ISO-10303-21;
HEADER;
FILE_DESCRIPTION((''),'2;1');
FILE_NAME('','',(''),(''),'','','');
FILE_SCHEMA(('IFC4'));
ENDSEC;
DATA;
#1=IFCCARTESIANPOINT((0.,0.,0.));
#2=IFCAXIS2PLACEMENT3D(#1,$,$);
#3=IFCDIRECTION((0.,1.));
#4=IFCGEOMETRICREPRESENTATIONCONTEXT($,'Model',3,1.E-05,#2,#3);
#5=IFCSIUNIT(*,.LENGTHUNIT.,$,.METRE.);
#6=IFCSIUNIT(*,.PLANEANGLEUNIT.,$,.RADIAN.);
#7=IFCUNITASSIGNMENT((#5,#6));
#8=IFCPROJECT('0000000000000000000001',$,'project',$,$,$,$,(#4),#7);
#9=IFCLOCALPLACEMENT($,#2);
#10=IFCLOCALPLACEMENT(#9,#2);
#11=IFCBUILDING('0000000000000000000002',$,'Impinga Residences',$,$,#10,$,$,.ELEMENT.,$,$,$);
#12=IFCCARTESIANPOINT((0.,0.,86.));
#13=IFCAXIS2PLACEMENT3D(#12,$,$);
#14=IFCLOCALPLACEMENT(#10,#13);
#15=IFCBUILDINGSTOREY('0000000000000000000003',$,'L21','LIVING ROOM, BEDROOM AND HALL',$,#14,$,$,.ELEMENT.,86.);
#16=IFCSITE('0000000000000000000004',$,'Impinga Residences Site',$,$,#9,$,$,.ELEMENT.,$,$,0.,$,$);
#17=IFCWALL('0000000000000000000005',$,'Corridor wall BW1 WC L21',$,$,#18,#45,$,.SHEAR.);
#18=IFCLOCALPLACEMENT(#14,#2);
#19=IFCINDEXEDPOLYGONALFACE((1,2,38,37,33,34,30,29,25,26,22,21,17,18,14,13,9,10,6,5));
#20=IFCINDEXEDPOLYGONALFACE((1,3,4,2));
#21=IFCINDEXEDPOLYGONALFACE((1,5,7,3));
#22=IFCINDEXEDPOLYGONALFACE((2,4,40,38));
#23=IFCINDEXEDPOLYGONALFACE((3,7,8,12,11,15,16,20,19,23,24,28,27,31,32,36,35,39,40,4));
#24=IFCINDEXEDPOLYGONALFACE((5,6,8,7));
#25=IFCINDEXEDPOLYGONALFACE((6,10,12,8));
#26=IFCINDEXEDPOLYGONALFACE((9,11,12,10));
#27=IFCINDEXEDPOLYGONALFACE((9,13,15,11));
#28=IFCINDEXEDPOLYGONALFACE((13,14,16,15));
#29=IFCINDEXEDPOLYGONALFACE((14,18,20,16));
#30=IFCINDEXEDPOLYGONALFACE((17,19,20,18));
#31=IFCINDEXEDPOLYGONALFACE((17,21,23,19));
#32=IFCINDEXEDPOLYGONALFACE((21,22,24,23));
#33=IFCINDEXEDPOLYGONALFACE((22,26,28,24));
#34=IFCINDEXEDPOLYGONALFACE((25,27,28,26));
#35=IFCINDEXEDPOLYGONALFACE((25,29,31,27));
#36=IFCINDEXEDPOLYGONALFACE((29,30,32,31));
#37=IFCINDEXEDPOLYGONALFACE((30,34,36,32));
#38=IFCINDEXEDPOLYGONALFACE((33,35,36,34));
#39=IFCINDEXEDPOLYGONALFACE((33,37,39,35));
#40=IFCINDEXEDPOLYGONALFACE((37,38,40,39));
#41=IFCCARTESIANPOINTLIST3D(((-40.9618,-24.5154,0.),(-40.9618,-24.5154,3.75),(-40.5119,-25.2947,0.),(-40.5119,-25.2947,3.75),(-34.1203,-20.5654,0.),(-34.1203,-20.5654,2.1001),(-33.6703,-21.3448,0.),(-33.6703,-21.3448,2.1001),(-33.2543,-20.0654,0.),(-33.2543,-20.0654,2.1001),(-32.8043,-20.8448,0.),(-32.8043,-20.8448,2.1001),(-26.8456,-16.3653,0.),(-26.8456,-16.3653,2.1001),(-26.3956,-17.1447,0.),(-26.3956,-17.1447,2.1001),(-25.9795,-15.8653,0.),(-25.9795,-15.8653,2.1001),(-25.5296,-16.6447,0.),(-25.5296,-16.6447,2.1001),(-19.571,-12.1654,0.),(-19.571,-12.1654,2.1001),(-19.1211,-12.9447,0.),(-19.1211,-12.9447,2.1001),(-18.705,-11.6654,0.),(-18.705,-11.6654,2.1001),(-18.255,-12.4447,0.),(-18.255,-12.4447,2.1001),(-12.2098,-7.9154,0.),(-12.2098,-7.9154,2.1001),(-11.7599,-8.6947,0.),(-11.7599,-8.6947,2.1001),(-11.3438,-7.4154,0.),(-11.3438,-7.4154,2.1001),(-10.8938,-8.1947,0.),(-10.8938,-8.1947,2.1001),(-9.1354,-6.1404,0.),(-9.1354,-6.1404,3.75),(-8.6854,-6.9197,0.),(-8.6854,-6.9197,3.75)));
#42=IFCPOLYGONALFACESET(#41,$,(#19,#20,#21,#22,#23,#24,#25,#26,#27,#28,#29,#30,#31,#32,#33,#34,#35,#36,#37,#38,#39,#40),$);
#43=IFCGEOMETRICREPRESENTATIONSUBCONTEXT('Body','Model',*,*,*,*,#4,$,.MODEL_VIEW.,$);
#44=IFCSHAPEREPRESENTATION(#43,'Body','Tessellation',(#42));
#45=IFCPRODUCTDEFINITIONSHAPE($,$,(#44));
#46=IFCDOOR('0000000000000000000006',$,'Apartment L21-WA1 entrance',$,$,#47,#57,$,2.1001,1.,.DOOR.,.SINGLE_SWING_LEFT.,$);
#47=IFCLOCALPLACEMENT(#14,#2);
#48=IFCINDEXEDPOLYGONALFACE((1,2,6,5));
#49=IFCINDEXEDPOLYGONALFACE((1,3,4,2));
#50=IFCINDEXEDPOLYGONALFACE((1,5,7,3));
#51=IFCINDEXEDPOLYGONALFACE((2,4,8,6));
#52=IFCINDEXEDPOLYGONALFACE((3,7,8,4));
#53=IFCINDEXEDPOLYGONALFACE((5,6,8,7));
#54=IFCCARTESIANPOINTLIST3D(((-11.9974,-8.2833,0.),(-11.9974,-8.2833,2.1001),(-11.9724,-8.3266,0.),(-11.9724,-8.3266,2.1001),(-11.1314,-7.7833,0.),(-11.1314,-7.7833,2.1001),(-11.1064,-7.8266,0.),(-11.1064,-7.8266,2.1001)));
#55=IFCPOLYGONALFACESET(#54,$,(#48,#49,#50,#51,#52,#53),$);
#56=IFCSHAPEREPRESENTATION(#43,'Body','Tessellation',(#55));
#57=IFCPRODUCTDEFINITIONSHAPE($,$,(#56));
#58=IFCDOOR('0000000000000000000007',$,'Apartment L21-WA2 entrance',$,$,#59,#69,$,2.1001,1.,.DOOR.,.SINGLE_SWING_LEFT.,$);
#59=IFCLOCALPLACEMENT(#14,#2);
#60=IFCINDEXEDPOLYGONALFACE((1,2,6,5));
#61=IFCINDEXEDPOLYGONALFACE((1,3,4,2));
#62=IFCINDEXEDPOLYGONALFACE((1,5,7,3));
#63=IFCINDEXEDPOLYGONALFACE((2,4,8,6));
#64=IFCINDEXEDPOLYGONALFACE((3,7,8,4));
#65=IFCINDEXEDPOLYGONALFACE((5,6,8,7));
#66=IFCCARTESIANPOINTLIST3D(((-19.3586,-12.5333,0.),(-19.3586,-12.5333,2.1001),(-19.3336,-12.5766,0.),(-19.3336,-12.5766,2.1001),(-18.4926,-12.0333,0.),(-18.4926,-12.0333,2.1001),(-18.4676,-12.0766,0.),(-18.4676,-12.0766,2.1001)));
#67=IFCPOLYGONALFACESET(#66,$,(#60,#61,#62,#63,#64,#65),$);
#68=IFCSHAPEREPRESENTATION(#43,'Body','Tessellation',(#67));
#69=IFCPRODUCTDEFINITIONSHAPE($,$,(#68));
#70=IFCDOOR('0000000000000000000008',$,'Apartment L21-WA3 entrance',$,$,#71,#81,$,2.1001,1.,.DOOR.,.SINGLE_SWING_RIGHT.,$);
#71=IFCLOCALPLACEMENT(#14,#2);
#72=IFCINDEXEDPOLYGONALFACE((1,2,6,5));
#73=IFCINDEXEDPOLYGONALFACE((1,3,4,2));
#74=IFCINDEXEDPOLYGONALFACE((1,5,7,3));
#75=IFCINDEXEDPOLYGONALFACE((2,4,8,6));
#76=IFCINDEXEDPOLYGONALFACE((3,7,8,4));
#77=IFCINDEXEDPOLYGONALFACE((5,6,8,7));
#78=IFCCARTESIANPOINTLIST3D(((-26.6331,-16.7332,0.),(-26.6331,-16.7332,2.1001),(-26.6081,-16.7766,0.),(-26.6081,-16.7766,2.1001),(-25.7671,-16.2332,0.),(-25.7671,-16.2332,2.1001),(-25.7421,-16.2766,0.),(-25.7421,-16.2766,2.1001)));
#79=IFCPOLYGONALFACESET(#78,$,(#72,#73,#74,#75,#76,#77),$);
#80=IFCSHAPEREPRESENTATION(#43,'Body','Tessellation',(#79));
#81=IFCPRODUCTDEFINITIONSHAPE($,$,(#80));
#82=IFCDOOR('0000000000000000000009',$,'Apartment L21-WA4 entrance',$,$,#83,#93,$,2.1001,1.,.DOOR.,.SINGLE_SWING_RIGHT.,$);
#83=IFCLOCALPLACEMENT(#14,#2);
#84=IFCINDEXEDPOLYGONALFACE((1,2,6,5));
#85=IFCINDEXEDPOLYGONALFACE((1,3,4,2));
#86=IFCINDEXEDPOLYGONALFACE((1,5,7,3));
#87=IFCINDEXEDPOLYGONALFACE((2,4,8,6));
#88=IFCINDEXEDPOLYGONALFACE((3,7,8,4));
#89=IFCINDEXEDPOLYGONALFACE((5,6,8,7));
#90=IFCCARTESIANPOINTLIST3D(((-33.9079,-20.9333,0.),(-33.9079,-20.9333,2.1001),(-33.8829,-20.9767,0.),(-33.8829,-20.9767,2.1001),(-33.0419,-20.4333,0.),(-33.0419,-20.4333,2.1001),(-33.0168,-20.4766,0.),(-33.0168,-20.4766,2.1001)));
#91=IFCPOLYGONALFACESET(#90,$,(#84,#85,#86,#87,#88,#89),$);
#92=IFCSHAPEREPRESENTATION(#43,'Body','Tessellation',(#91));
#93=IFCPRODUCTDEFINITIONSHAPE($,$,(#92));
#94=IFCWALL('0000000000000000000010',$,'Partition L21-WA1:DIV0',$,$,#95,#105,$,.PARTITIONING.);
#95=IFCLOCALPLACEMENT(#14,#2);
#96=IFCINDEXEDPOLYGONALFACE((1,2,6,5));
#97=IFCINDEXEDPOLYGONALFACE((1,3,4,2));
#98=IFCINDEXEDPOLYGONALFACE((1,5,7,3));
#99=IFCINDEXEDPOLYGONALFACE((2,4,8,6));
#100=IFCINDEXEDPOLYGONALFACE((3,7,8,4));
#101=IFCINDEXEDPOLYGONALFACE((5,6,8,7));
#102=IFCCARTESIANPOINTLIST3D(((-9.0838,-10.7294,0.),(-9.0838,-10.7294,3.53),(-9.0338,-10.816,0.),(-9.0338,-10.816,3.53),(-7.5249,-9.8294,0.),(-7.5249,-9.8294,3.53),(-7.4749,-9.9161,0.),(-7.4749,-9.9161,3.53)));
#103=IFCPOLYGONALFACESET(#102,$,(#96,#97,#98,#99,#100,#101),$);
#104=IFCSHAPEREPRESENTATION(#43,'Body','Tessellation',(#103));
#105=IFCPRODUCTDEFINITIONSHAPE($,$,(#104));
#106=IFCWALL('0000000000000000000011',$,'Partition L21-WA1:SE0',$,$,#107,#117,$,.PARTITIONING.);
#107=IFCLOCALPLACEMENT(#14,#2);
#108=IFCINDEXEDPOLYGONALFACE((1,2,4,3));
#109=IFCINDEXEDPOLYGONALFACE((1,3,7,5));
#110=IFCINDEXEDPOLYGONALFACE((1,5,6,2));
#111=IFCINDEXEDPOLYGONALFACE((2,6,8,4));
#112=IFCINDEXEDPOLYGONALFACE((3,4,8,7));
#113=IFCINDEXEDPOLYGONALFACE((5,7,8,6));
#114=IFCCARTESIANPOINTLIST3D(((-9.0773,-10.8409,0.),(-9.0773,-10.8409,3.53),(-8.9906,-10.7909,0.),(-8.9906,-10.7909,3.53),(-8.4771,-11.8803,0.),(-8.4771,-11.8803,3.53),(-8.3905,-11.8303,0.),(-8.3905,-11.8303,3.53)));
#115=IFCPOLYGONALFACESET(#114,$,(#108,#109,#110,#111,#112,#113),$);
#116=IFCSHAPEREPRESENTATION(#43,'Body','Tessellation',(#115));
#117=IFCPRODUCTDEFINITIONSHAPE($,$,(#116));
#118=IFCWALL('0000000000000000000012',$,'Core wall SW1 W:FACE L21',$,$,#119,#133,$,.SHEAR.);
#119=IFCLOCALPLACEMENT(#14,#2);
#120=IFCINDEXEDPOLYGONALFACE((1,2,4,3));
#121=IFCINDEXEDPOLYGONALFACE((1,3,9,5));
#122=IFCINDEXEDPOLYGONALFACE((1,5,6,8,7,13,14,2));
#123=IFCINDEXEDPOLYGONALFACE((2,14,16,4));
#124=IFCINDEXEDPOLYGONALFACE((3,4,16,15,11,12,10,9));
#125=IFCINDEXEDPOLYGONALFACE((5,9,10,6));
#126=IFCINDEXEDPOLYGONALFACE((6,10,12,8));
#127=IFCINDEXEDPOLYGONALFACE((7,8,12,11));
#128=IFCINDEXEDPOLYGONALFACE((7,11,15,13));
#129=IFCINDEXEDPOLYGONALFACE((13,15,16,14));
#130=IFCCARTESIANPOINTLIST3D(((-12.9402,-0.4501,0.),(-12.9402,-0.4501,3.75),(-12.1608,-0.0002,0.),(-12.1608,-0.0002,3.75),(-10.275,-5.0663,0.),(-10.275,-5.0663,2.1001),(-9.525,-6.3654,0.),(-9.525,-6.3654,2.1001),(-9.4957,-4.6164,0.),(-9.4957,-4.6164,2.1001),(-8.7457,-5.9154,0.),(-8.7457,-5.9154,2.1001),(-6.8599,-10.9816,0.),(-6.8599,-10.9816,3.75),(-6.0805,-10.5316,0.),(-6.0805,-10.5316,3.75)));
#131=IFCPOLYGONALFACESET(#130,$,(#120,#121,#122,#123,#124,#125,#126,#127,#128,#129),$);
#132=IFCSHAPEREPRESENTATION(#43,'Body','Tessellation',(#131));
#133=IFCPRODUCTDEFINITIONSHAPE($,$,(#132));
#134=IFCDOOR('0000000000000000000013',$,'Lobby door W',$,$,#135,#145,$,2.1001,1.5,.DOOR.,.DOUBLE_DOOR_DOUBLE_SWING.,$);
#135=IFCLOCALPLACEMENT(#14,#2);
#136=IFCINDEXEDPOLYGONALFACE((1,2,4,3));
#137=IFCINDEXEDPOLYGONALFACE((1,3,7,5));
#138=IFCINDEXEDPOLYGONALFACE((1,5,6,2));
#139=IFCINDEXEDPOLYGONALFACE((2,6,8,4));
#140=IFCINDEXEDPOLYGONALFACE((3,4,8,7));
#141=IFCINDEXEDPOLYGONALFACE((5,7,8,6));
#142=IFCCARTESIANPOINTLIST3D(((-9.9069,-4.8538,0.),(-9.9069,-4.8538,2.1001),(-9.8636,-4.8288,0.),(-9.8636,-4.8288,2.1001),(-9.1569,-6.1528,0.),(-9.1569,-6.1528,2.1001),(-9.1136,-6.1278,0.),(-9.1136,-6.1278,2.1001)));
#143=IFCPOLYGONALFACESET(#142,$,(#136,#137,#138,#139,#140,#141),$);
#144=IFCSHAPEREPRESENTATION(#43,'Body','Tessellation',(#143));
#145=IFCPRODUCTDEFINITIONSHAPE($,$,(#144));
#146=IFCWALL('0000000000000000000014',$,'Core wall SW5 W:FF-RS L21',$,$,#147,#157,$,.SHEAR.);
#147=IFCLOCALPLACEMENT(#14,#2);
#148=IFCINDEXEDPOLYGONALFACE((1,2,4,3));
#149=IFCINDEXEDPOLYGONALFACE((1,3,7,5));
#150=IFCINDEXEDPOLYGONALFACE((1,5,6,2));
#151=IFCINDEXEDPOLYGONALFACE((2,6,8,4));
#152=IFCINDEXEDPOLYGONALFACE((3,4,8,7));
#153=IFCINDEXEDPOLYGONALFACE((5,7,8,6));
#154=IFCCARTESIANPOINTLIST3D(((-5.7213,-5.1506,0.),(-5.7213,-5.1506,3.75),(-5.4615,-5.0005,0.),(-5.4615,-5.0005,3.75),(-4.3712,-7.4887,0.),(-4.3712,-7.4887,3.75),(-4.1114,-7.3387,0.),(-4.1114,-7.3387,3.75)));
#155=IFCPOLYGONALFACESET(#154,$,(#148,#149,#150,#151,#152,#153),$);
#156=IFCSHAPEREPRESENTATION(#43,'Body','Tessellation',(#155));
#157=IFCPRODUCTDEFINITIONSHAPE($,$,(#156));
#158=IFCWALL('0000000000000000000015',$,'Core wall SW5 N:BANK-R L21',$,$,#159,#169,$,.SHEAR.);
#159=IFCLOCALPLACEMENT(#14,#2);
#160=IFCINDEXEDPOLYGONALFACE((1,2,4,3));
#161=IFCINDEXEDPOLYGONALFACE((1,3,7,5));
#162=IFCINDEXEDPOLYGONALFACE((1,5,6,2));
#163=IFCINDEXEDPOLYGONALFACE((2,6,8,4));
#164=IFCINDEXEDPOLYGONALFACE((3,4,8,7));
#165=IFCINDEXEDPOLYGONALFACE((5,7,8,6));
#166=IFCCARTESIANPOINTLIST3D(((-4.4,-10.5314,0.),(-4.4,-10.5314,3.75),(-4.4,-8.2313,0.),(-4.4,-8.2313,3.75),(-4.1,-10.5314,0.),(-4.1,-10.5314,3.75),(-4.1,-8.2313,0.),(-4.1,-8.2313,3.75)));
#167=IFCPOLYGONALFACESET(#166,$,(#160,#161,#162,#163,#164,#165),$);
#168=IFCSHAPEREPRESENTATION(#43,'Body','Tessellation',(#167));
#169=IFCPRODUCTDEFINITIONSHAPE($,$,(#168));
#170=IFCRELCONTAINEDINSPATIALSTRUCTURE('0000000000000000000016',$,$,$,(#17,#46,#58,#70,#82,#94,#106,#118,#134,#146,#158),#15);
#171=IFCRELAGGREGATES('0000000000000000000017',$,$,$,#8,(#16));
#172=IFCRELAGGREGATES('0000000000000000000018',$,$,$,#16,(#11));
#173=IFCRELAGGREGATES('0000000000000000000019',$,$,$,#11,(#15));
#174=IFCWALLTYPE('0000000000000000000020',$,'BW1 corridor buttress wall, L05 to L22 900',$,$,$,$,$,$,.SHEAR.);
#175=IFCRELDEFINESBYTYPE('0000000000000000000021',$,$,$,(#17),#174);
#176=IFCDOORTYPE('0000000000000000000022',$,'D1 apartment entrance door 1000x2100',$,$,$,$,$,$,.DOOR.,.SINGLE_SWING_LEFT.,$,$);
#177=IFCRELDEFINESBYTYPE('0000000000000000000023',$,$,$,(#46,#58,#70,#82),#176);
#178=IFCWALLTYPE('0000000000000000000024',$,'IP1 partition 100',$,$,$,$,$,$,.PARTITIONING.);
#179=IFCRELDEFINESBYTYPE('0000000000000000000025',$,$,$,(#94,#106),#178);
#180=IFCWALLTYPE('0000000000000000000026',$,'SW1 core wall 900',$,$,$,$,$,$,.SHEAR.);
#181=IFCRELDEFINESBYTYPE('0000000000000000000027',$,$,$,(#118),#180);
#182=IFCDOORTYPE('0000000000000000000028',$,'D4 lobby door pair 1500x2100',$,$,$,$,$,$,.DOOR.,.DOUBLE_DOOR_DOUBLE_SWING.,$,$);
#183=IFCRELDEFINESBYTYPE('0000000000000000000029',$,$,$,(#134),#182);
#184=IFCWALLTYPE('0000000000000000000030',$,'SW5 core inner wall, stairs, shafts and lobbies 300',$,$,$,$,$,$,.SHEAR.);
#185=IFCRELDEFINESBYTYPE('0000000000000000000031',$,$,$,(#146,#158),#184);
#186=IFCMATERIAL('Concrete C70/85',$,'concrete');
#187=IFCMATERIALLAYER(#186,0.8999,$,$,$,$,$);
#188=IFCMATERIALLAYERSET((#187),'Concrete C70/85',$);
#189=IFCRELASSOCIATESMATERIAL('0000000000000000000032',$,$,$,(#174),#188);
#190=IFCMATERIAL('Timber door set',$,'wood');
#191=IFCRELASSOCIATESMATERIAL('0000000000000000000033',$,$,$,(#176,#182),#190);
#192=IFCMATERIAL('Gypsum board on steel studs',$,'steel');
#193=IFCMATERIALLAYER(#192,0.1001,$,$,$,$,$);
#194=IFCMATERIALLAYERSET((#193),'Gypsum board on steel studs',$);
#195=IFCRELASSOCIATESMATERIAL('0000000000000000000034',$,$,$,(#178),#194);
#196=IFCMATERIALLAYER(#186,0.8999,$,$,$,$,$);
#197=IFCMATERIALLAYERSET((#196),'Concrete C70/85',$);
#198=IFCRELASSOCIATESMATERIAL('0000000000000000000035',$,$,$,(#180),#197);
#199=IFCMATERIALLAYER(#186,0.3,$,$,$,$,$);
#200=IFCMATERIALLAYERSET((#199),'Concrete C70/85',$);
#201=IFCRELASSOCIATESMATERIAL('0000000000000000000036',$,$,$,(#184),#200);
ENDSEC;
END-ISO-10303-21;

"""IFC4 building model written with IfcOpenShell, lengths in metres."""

from ifc_helpers import new_model, si_unit, direction, frame, frame_2d, origin, place, context, subcontext, project, spatial, rectangle, extrude, material, layer, layer_set, type_object, element, fill, save


model = new_model("IFC4")

# Units and contexts
model_context = context("Model", 3, precision=1e-05, world=origin(), true_north=direction((0.0, 1.0)))
body_context = subcontext(model_context, "Body", "Model", "MODEL_VIEW")
ifc_project = project(units=[si_unit("LENGTHUNIT", "METRE"), si_unit("PLANEANGLEUNIT", "RADIAN")], contexts=[model_context])

# Site, building, storey
site_placement = place(None, origin())
site = spatial("IfcSite", under=ifc_project, at=site_placement, Name="Impinga Residences Site", CompositionType="ELEMENT", RefElevation=0.0)
building_placement = place(site_placement, origin())
building = spatial("IfcBuilding", under=site, at=building_placement, Name="Impinga Residences", CompositionType="ELEMENT")
storey_placement = place(building_placement, frame((0.0, 0.0, 86.0)))
storey = spatial("IfcBuildingStorey", under=building, at=storey_placement, Name="L21", Description="LIVING ROOM, BEDROOM AND HALL", CompositionType="ELEMENT", Elevation=86.0)

# Wall, openings, doors
ifc_material_1 = material(Name="Concrete C70/85", Category="concrete")
ifc_layer_1 = layer(ifc_material_1, 0.8999)
ifc_layer_set_1 = layer_set([ifc_layer_1], Name="Concrete C70/85")
wall_type_1 = type_object("IfcWallType", Name="BW1 corridor buttress wall, L05 to L22 900", PredefinedType="SHEAR", material=ifc_layer_set_1)
wall_1_placement = place(storey_placement, frame((-8.9104, -6.53, 0.0), z_axis=(0.0, 0.0, 1.0), x_axis=(-0.866025, -0.5, 0.0)))
wall_1 = element("IfcWall", 1, at=wall_1_placement, inside=storey, type_object=wall_type_1, Name="Corridor wall BW1 WC L21", PredefinedType="SHEAR", context=body_context, shape_type="SweptSolid", body=[
    extrude(rectangle(XDim=36.75, YDim=0.8999, at=frame_2d((18.375, 0.0))), origin(), (0.0, 0.0, 1.0), 3.75),
])
opening_1_placement = place(wall_1_placement, frame((2.55, 0.0, 0.0)))
opening_1 = element("IfcOpeningElement", 2, at=opening_1_placement, cuts=wall_1, PredefinedType="OPENING", context=body_context, shape_type="SweptSolid", body=[
    extrude(rectangle(XDim=1.0, YDim=2.1001, at=frame_2d((0.5, 1.05))), frame((0.0, 0.46, 0.0), z_axis=(0.0, -1.0, 0.0), x_axis=(1.0, 0.0, 0.0)), (0.0, 0.0, 1.0), 0.9199),
])
opening_2_placement = place(wall_1_placement, frame((11.05, 0.0, 0.0)))
opening_2 = element("IfcOpeningElement", 3, at=opening_2_placement, cuts=wall_1, PredefinedType="OPENING", context=body_context, shape_type="SweptSolid", body=[
    extrude(rectangle(XDim=1.0, YDim=2.1001, at=frame_2d((0.5, 1.05))), frame((0.0, 0.46, 0.0), z_axis=(0.0, -1.0, 0.0), x_axis=(1.0, 0.0, 0.0)), (0.0, 0.0, 1.0), 0.9199),
])
opening_3_placement = place(wall_1_placement, frame((19.45, 0.0, 0.0)))
opening_3 = element("IfcOpeningElement", 4, at=opening_3_placement, cuts=wall_1, PredefinedType="OPENING", context=body_context, shape_type="SweptSolid", body=[
    extrude(rectangle(XDim=1.0, YDim=2.1001, at=frame_2d((0.5, 1.05))), frame((0.0, 0.46, 0.0), z_axis=(0.0, -1.0, 0.0), x_axis=(1.0, 0.0, 0.0)), (0.0, 0.0, 1.0), 0.9199),
])
opening_4_placement = place(wall_1_placement, frame((27.8501, 0.0, 0.0)))
opening_4 = element("IfcOpeningElement", 5, at=opening_4_placement, cuts=wall_1, PredefinedType="OPENING", context=body_context, shape_type="SweptSolid", body=[
    extrude(rectangle(XDim=1.0, YDim=2.1001, at=frame_2d((0.5, 1.05))), frame((0.0, 0.46, 0.0), z_axis=(0.0, -1.0, 0.0), x_axis=(1.0, 0.0, 0.0)), (0.0, 0.0, 1.0), 0.9199),
])
ifc_material_2 = material(Name="Timber door set", Category="wood")
door_type_1 = type_object("IfcDoorType", Name="D1 apartment entrance door 1000x2100", OperationType="SINGLE_SWING_LEFT", PredefinedType="DOOR", material=ifc_material_2)
door_1_placement = place(opening_1_placement, origin())
door_1 = element("IfcDoor", 6, at=door_1_placement, inside=storey, type_object=door_type_1, Name="Apartment L21-WA1 entrance", OperationType="SINGLE_SWING_LEFT", OverallHeight=2.1001, OverallWidth=1.0, PredefinedType="DOOR", context=body_context, shape_type="SweptSolid", body=[
    extrude(rectangle(XDim=1.0, YDim=2.1001, at=frame_2d((0.5, 1.05))), frame((0.0, 0.0249, 0.0), z_axis=(0.0, -1.0, 0.0), x_axis=(1.0, 0.0, 0.0)), (0.0, 0.0, 1.0), 0.05),
])
fill(opening_1, door_1)
door_2_placement = place(opening_2_placement, origin())
door_2 = element("IfcDoor", 7, at=door_2_placement, inside=storey, type_object=door_type_1, Name="Apartment L21-WA2 entrance", OperationType="SINGLE_SWING_LEFT", OverallHeight=2.1001, OverallWidth=1.0, PredefinedType="DOOR", context=body_context, shape_type="SweptSolid", body=[
    extrude(rectangle(XDim=1.0, YDim=2.1001, at=frame_2d((0.5, 1.05))), frame((0.0, 0.0249, 0.0), z_axis=(0.0, -1.0, 0.0), x_axis=(1.0, 0.0, 0.0)), (0.0, 0.0, 1.0), 0.05),
])
fill(opening_2, door_2)
door_3_placement = place(opening_3_placement, origin())
door_3 = element("IfcDoor", 8, at=door_3_placement, inside=storey, type_object=door_type_1, Name="Apartment L21-WA3 entrance", OperationType="SINGLE_SWING_RIGHT", OverallHeight=2.1001, OverallWidth=1.0, PredefinedType="DOOR", context=body_context, shape_type="SweptSolid", body=[
    extrude(rectangle(XDim=1.0, YDim=2.1001, at=frame_2d((0.5, 1.05))), frame((0.0, 0.0249, 0.0), z_axis=(0.0, -1.0, 0.0), x_axis=(1.0, 0.0, 0.0)), (0.0, 0.0, 1.0), 0.05),
])
fill(opening_3, door_3)
door_4_placement = place(opening_4_placement, origin())
door_4 = element("IfcDoor", 9, at=door_4_placement, inside=storey, type_object=door_type_1, Name="Apartment L21-WA4 entrance", OperationType="SINGLE_SWING_RIGHT", OverallHeight=2.1001, OverallWidth=1.0, PredefinedType="DOOR", context=body_context, shape_type="SweptSolid", body=[
    extrude(rectangle(XDim=1.0, YDim=2.1001, at=frame_2d((0.5, 1.05))), frame((0.0, 0.0249, 0.0), z_axis=(0.0, -1.0, 0.0), x_axis=(1.0, 0.0, 0.0)), (0.0, 0.0, 1.0), 0.05),
])
fill(opening_4, door_4)

# Walls
ifc_material_3 = material(Name="Gypsum board on steel studs", Category="steel")
ifc_layer_2 = layer(ifc_material_3, 0.1001)
ifc_layer_set_2 = layer_set([ifc_layer_2], Name="Gypsum board on steel studs")
wall_type_2 = type_object("IfcWallType", Name="IP1 partition 100", PredefinedType="PARTITIONING", material=ifc_layer_set_2)
wall_2_placement = place(storey_placement, frame((-7.5, -9.8728, 0.0), z_axis=(0.0, 0.0, 1.0), x_axis=(-0.866048, -0.499961, 0.0)))
element("IfcWall", 10, at=wall_2_placement, inside=storey, type_object=wall_type_2, Name="Partition L21-WA1:DIV0", PredefinedType="PARTITIONING", context=body_context, shape_type="SweptSolid", body=[
    extrude(rectangle(XDim=1.8, YDim=0.1001, at=frame_2d((0.8999, 0.0))), origin(), (0.0, 0.0, 1.0), 3.53),
])
wall_3_placement = place(storey_placement, frame((-9.0339, -10.8159, 0.0), z_axis=(0.0, 0.0, 1.0), x_axis=(0.500034, -0.866006, 0.0)))
element("IfcWall", 11, at=wall_3_placement, inside=storey, type_object=wall_type_2, Name="Partition L21-WA1:SE0", PredefinedType="PARTITIONING", context=body_context, shape_type="SweptSolid", body=[
    extrude(rectangle(XDim=1.2002, YDim=0.1001, at=frame_2d((0.6001, 0.0))), origin(), (0.0, 0.0, 1.0), 3.53),
])

# Wall, opening, door
ifc_layer_3 = layer(ifc_material_1, 0.8999)
ifc_layer_set_3 = layer_set([ifc_layer_3], Name="Concrete C70/85")
wall_type_3 = type_object("IfcWallType", Name="SW1 core wall 900", PredefinedType="SHEAR", material=ifc_layer_set_3)
wall_4_placement = place(storey_placement, frame((-6.4702, -10.7566, 0.0), z_axis=(0.0, 0.0, 1.0), x_axis=(-0.499998, 0.866027, 0.0)))
wall_4 = element("IfcWall", 12, at=wall_4_placement, inside=storey, type_object=wall_type_3, Name="Core wall SW1 W:FACE L21", PredefinedType="SHEAR", context=body_context, shape_type="SweptSolid", body=[
    extrude(rectangle(XDim=12.1606, YDim=0.8999, at=frame_2d((6.0803, 0.0))), origin(), (0.0, 0.0, 1.0), 3.75),
])
opening_5_placement = place(wall_4_placement, frame((5.3303, 0.0, 0.0)))
opening_5 = element("IfcOpeningElement", 13, at=opening_5_placement, cuts=wall_4, PredefinedType="OPENING", context=body_context, shape_type="SweptSolid", body=[
    extrude(rectangle(XDim=1.5, YDim=2.1001, at=frame_2d((0.75, 1.05))), frame((0.0, 0.46, 0.0), z_axis=(0.0, -1.0, 0.0), x_axis=(1.0, 0.0, 0.0)), (0.0, 0.0, 1.0), 0.9199),
])
door_type_2 = type_object("IfcDoorType", Name="D4 lobby door pair 1500x2100", OperationType="DOUBLE_DOOR_DOUBLE_SWING", PredefinedType="DOOR", material=ifc_material_2)
door_5_placement = place(opening_5_placement, origin())
door_5 = element("IfcDoor", 14, at=door_5_placement, inside=storey, type_object=door_type_2, Name="Lobby door W", OperationType="DOUBLE_DOOR_DOUBLE_SWING", OverallHeight=2.1001, OverallWidth=1.5, PredefinedType="DOOR", context=body_context, shape_type="SweptSolid", body=[
    extrude(rectangle(XDim=1.5, YDim=2.1001, at=frame_2d((0.75, 1.05))), frame((0.0, 0.0249, 0.0), z_axis=(0.0, -1.0, 0.0), x_axis=(1.0, 0.0, 0.0)), (0.0, 0.0, 1.0), 0.05),
])
fill(opening_5, door_5)

# Walls
ifc_layer_4 = layer(ifc_material_1, 0.3)
ifc_layer_set_4 = layer_set([ifc_layer_4], Name="Concrete C70/85")
wall_type_4 = type_object("IfcWallType", Name="SW5 core inner wall, stairs, shafts and lobbies 300", PredefinedType="SHEAR", material=ifc_layer_set_4)
wall_5_placement = place(storey_placement, frame((-4.2412, -7.4138, 0.0), z_axis=(0.0, 0.0, 1.0), x_axis=(-0.500049, 0.865997, 0.0)))
element("IfcWall", 15, at=wall_5_placement, inside=storey, type_object=wall_type_4, Name="Core wall SW5 W:FF-RS L21", PredefinedType="SHEAR", context=body_context, shape_type="SweptSolid", body=[
    extrude(rectangle(XDim=2.7, YDim=0.3, at=frame_2d((1.3501, 0.0))), origin(), (0.0, 0.0, 1.0), 3.75),
])
wall_6_placement = place(storey_placement, frame((-4.25, -8.2314, 0.0), z_axis=(0.0, 0.0, 1.0), x_axis=(0.0, -1.0, 0.0)))
element("IfcWall", 16, at=wall_6_placement, inside=storey, type_object=wall_type_4, Name="Core wall SW5 N:BANK-R L21", PredefinedType="SHEAR", context=body_context, shape_type="SweptSolid", body=[
    extrude(rectangle(XDim=2.3, YDim=0.3, at=frame_2d((1.1499, 0.0))), origin(), (0.0, 0.0, 1.0), 3.75),
])

save(model, "model.ifc")
